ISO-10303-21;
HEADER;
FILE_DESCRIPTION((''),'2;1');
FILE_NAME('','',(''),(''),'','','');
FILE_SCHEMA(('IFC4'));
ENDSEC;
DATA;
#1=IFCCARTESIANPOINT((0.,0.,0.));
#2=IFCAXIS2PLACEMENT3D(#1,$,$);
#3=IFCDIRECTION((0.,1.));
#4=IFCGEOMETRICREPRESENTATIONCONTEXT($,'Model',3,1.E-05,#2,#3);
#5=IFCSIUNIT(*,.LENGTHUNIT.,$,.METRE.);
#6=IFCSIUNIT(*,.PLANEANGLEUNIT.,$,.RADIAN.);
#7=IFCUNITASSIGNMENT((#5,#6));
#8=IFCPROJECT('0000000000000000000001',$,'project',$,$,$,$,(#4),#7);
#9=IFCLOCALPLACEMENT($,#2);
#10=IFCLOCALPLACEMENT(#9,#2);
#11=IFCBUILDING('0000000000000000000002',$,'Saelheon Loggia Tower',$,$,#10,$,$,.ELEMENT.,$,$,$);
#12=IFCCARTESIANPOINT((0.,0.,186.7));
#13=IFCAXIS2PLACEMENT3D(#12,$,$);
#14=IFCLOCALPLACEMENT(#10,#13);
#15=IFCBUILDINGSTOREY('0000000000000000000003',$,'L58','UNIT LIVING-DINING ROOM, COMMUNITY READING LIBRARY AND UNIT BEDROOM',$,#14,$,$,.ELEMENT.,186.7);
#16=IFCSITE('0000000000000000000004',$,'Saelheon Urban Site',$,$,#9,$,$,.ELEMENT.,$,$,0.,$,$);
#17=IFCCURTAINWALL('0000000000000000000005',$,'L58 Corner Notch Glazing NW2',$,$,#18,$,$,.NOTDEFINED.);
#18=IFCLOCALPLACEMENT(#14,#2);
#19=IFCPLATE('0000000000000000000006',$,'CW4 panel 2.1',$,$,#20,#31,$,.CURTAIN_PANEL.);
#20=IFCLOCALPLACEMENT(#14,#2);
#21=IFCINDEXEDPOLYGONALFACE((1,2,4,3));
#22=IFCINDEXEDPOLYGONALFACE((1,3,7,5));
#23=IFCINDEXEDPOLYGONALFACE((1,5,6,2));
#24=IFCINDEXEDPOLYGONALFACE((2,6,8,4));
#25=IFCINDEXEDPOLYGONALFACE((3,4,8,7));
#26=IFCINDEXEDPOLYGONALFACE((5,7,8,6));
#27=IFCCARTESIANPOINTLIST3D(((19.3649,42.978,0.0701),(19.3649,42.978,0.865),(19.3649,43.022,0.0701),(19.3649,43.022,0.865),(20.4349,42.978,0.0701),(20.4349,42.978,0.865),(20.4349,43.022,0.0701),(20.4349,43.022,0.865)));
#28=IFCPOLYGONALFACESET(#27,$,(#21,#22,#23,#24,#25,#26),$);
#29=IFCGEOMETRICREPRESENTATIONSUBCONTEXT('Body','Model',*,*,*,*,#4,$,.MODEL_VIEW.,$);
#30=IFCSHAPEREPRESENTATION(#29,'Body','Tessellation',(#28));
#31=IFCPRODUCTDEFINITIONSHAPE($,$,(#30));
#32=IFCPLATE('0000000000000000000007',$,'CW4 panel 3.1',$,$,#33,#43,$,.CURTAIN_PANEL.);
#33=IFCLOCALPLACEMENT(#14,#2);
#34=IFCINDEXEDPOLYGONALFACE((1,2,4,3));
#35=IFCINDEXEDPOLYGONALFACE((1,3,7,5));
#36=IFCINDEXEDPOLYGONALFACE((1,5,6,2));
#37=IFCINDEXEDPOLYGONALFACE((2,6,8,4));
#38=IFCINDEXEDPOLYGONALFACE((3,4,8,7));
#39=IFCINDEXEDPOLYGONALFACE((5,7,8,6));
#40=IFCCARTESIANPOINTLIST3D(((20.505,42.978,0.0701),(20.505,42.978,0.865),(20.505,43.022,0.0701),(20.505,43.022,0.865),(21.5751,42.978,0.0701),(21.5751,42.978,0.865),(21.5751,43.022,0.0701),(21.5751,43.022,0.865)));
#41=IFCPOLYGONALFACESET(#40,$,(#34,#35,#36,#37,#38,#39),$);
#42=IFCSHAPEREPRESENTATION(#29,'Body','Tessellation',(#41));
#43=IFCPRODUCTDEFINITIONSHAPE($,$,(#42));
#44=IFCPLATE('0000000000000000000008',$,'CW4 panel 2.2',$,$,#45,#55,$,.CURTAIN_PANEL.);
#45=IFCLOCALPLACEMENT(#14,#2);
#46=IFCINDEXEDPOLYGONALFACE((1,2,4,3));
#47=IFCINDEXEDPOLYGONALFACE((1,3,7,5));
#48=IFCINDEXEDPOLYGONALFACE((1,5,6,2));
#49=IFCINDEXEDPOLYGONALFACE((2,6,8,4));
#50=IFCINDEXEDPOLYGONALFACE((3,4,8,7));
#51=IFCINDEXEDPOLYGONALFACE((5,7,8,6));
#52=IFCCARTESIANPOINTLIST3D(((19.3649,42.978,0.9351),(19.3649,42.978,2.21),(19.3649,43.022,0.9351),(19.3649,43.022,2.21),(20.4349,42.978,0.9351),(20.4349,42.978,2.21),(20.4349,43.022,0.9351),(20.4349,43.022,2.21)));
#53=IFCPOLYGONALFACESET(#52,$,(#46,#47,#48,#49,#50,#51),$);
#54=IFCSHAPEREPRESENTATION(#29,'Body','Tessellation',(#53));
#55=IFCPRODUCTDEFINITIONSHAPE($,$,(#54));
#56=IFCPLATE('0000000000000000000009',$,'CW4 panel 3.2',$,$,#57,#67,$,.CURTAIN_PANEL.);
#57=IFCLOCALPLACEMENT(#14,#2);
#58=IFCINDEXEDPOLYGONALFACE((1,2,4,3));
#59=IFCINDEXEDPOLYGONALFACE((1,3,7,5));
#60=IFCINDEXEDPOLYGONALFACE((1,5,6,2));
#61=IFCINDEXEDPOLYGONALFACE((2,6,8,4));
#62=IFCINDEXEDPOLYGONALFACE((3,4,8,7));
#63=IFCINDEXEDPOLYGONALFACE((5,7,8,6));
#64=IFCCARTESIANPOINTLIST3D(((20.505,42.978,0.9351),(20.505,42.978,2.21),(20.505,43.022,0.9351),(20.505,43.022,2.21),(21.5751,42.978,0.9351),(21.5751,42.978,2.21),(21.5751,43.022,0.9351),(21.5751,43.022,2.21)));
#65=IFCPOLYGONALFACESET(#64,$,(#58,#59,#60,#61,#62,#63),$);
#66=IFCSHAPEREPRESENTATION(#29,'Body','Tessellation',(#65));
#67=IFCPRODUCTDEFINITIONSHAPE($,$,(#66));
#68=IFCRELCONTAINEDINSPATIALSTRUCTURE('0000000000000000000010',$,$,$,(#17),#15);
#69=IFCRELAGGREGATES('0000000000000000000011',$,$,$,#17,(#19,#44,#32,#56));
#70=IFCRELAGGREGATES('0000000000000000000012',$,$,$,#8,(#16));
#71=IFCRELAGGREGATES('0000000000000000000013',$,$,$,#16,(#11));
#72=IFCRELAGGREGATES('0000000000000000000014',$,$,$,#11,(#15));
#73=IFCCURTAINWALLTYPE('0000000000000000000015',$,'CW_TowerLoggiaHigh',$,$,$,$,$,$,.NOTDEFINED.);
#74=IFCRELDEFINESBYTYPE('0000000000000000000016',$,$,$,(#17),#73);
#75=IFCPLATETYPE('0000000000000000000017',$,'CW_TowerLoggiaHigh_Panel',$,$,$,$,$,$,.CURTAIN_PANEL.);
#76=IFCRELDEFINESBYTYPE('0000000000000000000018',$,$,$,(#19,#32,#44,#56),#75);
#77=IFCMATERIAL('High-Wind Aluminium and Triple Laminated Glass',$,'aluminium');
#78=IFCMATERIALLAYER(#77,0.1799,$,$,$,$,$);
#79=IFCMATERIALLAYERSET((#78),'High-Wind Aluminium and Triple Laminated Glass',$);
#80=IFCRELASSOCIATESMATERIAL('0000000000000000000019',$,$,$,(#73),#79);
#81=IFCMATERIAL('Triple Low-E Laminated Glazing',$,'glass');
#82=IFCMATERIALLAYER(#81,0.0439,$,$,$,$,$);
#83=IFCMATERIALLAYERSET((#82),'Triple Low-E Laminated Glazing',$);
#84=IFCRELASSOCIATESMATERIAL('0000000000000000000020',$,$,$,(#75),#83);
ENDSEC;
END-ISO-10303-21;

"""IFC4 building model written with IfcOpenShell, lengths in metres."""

from ifc_helpers import new_model, si_unit, direction, frame, origin, origin_2d, place, context, subcontext, project, spatial, rectangle, extrude, source, transform, mapped, material, layer, layer_set, type_object, element, aggregate, save


model = new_model("IFC4")

# Units and contexts
model_context = context("Model", 3, precision=1e-05, world=origin(), true_north=direction((0.0, 1.0)))
body_context = subcontext(model_context, "Body", "Model", "MODEL_VIEW")
ifc_project = project(units=[si_unit("LENGTHUNIT", "METRE"), si_unit("PLANEANGLEUNIT", "RADIAN")], contexts=[model_context])

# Site, building, storey
site_placement = place(None, origin())
site = spatial("IfcSite", under=ifc_project, at=site_placement, Name="Saelheon Urban Site", CompositionType="ELEMENT", RefElevation=0.0)
building_placement = place(site_placement, origin())
building = spatial("IfcBuilding", under=site, at=building_placement, Name="Saelheon Loggia Tower", CompositionType="ELEMENT")
storey_placement = place(building_placement, frame((0.0, 0.0, 186.7)))
storey = spatial("IfcBuildingStorey", under=building, at=storey_placement, Name="L58", Description="UNIT LIVING-DINING ROOM, COMMUNITY READING LIBRARY AND UNIT BEDROOM", CompositionType="ELEMENT", Elevation=186.7)

# Shared definitions
ifc_material_1 = material(Name="High-Wind Aluminium and Triple Laminated Glass", Category="aluminium")
ifc_layer_1 = layer(ifc_material_1, 0.1799)
ifc_layer_set_1 = layer_set([ifc_layer_1], Name="High-Wind Aluminium and Triple Laminated Glass")
curtain_wall_type = type_object("IfcCurtainWallType", Name="CW_TowerLoggiaHigh", PredefinedType="NOTDEFINED", material=ifc_layer_set_1)

# Curtain wall
curtain_wall_1_placement = place(storey_placement, origin())
curtain_wall_1 = element("IfcCurtainWall", 1, at=curtain_wall_1_placement, inside=storey, type_object=curtain_wall_type, Name="L58 Corner Notch Glazing NW2", PredefinedType="NOTDEFINED")

# Plates
ifc_material_2 = material(Name="Triple Low-E Laminated Glazing", Category="glass")
ifc_layer_2 = layer(ifc_material_2, 0.0439)
ifc_layer_set_2 = layer_set([ifc_layer_2], Name="Triple Low-E Laminated Glazing")
plate_type = type_object("IfcPlateType", Name="CW_TowerLoggiaHigh_Panel", PredefinedType="CURTAIN_PANEL", material=ifc_layer_set_2)
shared_shape_1 = source(origin(), body_context, "Body", "SweptSolid", [
    extrude(rectangle(XDim=1.0701, YDim=0.0439, at=origin_2d()), origin(), (0.0, 0.0, 1.0), 0.7949),
])
plate_1_placement = place(storey_placement, frame((19.8999, 43.0, 0.0701), z_axis=(0.0, 0.0, 1.0), x_axis=(1.0, 0.0, 0.0)))
plate_1 = element("IfcPlate", 2, at=plate_1_placement, type_object=plate_type, Name="CW4 panel 2.1", PredefinedType="CURTAIN_PANEL", context=body_context, shape_type="MappedRepresentation", body=[
    mapped(shared_shape_1, transform((0.0, 0.0, 0.0), scale=1.0)),
])
plate_2_placement = place(storey_placement, frame((21.04, 43.0, 0.0701), z_axis=(0.0, 0.0, 1.0), x_axis=(1.0, 0.0, 0.0)))
plate_2 = element("IfcPlate", 3, at=plate_2_placement, type_object=plate_type, Name="CW4 panel 3.1", PredefinedType="CURTAIN_PANEL", context=body_context, shape_type="MappedRepresentation", body=[
    mapped(shared_shape_1, transform((0.0, 0.0, 0.0), scale=1.0)),
])
shared_shape_2 = source(origin(), body_context, "Body", "SweptSolid", [
    extrude(rectangle(XDim=1.0701, YDim=0.0439, at=origin_2d()), origin(), (0.0, 0.0, 1.0), 1.2749),
])
plate_3_placement = place(storey_placement, frame((19.8999, 43.0, 0.9351), z_axis=(0.0, 0.0, 1.0), x_axis=(1.0, 0.0, 0.0)))
plate_3 = element("IfcPlate", 4, at=plate_3_placement, type_object=plate_type, Name="CW4 panel 2.2", PredefinedType="CURTAIN_PANEL", context=body_context, shape_type="MappedRepresentation", body=[
    mapped(shared_shape_2, transform((0.0, 0.0, 0.0), scale=1.0)),
])
plate_4_placement = place(storey_placement, frame((21.04, 43.0, 0.9351), z_axis=(0.0, 0.0, 1.0), x_axis=(1.0, 0.0, 0.0)))
plate_4 = element("IfcPlate", 5, at=plate_4_placement, type_object=plate_type, Name="CW4 panel 3.2", PredefinedType="CURTAIN_PANEL", context=body_context, shape_type="MappedRepresentation", body=[
    mapped(shared_shape_2, transform((0.0, 0.0, 0.0), scale=1.0)),
])
aggregate(curtain_wall_1, [plate_1, plate_3, plate_2, plate_4])

save(model, "model.ifc")
